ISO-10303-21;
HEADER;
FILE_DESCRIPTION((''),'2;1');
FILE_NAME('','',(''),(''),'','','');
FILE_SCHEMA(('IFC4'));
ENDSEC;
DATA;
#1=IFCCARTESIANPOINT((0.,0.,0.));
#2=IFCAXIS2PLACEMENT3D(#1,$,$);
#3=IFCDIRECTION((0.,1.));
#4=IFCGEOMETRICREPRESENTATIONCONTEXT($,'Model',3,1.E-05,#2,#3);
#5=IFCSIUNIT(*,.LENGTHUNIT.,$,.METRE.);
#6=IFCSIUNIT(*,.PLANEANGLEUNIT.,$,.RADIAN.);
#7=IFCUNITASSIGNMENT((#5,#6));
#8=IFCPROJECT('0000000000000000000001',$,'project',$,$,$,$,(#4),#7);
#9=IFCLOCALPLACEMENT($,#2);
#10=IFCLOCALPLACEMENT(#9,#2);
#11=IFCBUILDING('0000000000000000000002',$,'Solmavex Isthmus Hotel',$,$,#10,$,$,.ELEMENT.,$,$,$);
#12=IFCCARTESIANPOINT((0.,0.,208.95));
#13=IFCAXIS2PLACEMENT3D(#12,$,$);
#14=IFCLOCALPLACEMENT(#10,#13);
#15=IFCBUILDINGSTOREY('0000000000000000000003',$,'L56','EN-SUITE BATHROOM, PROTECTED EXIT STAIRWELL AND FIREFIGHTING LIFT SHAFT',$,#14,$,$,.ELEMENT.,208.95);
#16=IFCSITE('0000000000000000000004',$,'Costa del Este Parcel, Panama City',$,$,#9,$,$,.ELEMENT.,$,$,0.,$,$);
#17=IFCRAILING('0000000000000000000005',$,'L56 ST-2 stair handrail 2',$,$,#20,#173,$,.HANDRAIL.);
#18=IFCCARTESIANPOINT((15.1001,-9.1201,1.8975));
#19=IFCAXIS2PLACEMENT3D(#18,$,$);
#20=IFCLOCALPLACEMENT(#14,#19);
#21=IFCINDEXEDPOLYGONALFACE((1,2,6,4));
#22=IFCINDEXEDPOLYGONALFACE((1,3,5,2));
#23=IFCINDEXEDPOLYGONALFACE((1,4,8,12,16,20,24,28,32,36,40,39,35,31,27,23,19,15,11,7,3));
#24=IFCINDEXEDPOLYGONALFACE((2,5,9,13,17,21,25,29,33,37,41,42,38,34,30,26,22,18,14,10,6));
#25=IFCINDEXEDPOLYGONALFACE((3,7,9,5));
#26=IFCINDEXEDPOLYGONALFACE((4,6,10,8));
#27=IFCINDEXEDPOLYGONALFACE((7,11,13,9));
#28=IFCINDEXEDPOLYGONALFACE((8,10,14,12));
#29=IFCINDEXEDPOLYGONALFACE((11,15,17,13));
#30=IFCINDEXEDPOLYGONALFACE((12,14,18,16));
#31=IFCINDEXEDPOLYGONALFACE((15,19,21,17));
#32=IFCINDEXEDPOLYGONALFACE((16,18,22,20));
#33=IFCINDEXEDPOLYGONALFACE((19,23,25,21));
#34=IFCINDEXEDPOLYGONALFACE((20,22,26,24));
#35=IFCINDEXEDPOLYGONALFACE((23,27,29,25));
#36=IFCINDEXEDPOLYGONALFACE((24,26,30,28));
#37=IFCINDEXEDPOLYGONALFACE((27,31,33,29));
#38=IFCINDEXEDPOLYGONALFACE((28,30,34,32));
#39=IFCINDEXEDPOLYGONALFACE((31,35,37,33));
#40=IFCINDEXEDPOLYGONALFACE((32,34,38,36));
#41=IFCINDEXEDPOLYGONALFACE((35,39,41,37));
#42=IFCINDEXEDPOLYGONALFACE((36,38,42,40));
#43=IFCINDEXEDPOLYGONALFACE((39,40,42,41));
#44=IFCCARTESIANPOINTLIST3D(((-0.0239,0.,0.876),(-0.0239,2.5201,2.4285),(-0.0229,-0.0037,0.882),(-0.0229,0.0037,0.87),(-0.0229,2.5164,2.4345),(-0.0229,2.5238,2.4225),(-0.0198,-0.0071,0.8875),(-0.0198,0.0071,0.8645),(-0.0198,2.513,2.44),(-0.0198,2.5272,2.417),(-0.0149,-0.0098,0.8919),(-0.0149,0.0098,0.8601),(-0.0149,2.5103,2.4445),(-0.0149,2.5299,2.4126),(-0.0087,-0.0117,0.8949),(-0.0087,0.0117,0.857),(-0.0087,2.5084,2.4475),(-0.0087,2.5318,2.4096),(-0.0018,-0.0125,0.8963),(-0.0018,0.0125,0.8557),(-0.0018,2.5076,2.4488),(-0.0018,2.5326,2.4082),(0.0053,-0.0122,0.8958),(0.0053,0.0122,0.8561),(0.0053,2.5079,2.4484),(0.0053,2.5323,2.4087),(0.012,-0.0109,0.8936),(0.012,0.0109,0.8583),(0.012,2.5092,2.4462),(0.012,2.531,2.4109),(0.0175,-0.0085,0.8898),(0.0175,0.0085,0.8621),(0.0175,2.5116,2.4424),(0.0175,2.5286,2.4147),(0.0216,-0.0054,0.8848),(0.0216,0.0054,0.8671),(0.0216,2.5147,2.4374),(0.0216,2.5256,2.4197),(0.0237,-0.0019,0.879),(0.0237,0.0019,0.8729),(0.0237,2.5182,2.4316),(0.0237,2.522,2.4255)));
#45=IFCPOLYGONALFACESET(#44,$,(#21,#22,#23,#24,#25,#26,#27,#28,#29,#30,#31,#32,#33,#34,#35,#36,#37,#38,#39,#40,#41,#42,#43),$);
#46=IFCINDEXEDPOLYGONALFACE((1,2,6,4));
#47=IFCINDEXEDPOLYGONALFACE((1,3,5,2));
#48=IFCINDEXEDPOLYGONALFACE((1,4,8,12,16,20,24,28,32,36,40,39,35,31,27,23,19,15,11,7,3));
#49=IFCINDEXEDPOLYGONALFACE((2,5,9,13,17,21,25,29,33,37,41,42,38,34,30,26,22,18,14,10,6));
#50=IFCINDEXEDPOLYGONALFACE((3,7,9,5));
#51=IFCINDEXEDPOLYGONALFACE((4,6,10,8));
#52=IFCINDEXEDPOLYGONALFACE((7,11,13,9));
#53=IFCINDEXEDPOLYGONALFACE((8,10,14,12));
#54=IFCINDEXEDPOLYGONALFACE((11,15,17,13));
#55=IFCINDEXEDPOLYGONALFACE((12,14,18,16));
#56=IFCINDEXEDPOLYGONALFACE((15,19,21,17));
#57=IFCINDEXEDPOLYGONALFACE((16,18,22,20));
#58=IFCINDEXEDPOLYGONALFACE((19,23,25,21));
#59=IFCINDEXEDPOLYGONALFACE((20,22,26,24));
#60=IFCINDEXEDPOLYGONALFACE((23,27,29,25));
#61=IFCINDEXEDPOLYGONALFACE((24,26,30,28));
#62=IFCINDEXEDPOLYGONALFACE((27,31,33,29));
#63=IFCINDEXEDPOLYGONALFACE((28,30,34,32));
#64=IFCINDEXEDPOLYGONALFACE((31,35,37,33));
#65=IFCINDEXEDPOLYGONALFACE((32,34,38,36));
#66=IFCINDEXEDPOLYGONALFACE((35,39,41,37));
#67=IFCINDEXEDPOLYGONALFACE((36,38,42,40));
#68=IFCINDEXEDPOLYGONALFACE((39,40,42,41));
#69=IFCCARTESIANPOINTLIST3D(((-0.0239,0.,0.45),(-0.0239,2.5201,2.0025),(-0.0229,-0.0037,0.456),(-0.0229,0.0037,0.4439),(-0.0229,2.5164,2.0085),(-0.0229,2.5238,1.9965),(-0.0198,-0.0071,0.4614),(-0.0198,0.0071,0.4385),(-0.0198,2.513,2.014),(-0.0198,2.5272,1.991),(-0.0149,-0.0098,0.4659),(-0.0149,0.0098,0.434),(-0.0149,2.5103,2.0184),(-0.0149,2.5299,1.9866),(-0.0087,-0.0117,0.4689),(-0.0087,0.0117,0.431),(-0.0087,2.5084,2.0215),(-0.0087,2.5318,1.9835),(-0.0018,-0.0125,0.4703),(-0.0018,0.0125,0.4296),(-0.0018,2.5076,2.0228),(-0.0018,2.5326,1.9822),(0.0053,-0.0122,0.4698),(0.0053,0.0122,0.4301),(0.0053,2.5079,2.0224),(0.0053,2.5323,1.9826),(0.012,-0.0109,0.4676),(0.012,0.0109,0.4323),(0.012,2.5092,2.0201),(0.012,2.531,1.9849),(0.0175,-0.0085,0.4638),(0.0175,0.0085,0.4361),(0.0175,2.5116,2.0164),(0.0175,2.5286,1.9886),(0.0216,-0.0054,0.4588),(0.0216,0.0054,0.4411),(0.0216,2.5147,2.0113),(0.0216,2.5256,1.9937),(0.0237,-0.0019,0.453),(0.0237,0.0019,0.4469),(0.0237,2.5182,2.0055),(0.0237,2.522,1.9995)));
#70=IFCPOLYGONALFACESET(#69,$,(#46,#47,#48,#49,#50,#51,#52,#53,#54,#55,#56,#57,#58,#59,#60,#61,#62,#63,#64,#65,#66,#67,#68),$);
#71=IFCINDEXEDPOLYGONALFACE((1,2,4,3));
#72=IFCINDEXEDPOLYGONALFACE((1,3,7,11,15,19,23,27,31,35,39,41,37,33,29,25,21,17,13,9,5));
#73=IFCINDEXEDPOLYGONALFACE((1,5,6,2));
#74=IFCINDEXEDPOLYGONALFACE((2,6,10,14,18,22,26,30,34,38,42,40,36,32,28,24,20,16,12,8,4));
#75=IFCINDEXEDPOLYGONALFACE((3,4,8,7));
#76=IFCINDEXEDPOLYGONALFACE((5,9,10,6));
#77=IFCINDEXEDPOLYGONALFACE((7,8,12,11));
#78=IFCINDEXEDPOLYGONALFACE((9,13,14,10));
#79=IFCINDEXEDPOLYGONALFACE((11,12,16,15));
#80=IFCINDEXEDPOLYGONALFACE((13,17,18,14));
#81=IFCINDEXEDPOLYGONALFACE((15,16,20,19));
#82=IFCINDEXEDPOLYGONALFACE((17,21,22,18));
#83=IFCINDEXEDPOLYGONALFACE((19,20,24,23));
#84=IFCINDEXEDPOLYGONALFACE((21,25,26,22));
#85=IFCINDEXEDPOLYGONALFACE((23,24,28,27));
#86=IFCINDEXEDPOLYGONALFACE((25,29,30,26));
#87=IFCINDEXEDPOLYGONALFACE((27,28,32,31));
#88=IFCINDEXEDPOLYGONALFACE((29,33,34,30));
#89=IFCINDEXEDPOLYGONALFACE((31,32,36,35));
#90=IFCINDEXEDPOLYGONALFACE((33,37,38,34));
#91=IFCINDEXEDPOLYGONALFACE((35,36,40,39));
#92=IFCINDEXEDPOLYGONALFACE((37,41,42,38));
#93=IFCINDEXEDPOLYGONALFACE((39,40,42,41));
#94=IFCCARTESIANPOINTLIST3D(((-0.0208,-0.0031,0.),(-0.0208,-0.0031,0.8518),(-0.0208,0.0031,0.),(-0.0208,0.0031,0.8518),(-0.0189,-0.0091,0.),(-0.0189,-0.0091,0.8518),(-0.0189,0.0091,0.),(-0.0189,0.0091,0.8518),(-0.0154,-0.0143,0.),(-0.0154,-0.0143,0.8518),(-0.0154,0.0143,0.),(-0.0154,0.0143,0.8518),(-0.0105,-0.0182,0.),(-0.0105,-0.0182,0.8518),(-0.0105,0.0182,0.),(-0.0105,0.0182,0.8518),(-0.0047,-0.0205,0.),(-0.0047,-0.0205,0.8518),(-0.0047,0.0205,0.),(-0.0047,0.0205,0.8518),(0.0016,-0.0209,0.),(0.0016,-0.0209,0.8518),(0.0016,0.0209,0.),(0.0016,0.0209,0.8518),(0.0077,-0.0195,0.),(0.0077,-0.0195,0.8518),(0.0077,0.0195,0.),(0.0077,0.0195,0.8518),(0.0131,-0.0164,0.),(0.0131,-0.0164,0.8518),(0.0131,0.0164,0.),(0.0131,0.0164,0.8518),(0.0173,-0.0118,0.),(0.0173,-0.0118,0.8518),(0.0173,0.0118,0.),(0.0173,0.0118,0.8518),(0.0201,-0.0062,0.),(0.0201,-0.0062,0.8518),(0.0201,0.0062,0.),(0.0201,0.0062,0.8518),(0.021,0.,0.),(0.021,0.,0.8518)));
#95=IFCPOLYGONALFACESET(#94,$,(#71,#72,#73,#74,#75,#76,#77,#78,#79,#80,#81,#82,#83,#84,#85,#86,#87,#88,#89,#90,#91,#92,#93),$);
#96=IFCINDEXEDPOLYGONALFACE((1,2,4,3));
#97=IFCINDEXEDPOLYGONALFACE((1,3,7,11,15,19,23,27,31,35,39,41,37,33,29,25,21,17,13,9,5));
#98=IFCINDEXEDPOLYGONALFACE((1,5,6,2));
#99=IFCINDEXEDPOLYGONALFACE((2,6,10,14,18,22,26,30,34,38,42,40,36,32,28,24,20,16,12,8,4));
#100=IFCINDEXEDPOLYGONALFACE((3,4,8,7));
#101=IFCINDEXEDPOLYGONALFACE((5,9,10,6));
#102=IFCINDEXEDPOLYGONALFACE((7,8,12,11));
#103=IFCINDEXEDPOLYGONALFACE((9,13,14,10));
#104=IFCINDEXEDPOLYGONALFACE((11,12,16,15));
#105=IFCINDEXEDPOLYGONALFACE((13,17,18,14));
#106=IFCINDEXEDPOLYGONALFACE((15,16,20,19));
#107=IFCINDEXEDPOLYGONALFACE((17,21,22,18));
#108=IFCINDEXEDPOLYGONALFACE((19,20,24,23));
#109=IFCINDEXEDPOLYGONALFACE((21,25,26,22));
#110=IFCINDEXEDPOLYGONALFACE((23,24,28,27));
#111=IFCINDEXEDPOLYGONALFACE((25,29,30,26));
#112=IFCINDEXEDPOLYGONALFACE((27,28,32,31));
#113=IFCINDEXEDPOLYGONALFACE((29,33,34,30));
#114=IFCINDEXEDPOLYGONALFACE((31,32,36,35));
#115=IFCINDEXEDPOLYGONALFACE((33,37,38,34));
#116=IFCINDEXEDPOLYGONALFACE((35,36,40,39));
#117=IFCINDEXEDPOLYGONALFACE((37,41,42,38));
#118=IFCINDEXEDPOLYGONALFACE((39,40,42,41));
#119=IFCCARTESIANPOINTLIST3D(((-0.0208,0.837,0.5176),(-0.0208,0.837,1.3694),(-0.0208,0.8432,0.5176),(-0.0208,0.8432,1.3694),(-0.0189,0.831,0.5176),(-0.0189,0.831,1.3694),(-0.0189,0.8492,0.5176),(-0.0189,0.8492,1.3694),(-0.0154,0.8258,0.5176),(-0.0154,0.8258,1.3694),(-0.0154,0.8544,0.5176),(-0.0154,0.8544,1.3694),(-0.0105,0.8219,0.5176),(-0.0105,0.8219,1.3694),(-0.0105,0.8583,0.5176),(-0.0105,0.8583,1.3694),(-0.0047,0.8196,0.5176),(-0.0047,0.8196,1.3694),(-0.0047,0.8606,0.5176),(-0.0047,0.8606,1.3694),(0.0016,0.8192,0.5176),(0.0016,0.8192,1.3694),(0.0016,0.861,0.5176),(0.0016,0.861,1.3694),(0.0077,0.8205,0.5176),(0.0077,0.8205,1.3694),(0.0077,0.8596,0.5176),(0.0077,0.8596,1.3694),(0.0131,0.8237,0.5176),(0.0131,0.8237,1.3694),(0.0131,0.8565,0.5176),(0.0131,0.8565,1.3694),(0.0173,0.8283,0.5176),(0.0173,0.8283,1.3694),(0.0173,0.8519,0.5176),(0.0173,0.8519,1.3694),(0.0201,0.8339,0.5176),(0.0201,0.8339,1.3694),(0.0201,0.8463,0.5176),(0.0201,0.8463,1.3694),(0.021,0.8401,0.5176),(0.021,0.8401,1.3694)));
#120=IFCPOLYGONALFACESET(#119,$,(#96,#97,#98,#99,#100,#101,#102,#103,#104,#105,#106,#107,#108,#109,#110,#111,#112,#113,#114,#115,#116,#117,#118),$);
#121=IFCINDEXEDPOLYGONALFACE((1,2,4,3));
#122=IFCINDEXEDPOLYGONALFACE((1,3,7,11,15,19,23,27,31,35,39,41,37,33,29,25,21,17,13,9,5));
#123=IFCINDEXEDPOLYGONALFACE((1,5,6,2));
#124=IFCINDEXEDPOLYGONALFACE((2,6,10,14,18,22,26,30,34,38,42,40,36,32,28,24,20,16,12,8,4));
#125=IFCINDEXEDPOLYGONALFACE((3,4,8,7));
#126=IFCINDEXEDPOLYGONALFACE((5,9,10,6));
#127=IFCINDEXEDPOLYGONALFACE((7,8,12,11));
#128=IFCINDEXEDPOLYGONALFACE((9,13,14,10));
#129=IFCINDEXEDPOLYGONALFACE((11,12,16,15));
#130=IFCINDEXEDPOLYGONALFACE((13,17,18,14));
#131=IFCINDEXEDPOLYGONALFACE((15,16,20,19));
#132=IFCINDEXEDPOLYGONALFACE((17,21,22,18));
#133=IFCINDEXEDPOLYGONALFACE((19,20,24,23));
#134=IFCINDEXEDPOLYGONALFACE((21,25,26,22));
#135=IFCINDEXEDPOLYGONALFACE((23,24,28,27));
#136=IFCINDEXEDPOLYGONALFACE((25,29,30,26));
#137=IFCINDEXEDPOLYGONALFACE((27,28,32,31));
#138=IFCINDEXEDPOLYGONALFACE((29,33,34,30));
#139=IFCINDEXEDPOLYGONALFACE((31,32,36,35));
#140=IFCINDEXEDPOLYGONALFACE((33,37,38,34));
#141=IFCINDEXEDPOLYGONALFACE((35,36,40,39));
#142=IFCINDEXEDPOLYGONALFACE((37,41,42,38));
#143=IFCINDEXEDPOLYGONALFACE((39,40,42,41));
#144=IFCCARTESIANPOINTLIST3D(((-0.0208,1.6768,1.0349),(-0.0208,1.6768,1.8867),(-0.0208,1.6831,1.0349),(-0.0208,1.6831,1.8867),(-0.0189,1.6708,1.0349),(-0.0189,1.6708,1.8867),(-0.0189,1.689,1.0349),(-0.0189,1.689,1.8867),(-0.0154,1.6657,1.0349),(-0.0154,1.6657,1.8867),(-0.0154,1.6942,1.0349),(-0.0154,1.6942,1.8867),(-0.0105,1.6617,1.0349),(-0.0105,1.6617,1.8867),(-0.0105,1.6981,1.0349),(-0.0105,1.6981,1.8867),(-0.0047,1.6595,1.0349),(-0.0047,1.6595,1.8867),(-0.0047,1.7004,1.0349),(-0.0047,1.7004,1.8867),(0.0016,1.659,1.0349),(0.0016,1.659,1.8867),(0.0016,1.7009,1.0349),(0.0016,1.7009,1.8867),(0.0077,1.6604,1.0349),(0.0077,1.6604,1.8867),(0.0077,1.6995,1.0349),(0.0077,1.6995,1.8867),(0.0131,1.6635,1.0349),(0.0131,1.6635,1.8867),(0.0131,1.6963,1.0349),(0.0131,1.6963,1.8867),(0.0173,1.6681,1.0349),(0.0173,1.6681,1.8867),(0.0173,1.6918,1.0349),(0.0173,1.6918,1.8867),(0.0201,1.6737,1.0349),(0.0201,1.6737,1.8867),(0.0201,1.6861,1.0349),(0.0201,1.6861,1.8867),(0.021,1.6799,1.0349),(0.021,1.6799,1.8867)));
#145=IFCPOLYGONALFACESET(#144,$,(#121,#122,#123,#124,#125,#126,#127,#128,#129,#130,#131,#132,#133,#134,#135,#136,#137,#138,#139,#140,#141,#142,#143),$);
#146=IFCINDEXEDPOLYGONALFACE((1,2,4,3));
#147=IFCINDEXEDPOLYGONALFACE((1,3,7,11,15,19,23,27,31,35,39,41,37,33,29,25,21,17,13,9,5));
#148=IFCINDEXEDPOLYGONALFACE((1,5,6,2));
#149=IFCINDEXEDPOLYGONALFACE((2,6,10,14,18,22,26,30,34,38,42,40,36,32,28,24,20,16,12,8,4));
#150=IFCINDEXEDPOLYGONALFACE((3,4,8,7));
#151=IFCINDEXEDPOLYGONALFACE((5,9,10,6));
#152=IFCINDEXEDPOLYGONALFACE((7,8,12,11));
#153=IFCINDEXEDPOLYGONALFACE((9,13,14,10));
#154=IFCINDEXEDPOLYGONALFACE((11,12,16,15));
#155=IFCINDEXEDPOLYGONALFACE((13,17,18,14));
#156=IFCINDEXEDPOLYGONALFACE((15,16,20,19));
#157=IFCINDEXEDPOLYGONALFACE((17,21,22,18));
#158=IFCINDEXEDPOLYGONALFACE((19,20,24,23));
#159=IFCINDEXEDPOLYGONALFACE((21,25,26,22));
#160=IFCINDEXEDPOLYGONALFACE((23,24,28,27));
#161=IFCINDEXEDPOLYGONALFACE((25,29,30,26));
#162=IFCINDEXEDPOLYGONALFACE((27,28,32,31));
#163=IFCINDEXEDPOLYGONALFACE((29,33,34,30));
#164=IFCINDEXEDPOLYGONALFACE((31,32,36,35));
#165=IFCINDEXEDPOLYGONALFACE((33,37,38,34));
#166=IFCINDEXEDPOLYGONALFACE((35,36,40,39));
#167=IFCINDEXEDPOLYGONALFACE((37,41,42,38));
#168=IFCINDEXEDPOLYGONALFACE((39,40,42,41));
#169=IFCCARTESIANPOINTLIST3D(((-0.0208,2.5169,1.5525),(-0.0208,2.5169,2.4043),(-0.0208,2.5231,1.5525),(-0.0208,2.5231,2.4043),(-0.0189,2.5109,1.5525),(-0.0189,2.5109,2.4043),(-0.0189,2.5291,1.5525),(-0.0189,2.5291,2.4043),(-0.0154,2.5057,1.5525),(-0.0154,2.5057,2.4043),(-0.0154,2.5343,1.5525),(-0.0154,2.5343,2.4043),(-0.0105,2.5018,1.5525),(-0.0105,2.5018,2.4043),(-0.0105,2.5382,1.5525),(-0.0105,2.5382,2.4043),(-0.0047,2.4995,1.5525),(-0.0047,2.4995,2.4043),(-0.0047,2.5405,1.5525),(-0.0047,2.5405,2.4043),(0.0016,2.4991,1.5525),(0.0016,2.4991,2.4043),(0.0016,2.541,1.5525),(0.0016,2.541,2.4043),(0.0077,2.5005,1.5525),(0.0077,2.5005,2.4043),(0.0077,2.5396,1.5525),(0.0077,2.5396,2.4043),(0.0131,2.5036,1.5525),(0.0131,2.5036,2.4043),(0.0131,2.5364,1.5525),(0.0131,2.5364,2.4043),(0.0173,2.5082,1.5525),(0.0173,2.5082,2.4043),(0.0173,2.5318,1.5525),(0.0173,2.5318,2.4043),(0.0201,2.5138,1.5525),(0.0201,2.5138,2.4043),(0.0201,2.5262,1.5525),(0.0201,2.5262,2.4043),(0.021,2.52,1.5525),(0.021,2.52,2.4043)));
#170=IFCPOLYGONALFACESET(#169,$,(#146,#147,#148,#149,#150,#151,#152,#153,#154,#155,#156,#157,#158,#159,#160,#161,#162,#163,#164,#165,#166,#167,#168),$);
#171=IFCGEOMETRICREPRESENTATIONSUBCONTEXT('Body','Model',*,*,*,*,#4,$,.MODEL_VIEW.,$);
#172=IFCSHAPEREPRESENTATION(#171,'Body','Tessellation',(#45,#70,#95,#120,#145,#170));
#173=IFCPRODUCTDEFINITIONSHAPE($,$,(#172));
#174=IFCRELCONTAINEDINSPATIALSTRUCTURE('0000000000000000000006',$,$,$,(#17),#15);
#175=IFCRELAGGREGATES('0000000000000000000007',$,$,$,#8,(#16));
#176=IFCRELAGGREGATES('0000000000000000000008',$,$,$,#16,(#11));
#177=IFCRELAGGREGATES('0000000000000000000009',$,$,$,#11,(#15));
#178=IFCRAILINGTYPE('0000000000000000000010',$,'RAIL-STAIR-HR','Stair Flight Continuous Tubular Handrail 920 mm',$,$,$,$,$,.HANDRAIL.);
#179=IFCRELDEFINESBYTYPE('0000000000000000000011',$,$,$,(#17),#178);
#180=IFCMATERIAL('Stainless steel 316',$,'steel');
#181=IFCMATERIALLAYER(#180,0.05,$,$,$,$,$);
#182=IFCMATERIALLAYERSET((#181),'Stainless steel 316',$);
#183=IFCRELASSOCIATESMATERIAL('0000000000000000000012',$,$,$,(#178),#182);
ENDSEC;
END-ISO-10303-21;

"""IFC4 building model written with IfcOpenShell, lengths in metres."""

from ifc_helpers import new_model, si_unit, direction, frame, origin, origin_2d, place, context, subcontext, project, spatial, circle, extrude, material, layer, layer_set, type_object, element, save


model = new_model("IFC4")

# Units and contexts
model_context = context("Model", 3, precision=1e-05, world=origin(), true_north=direction((0.0, 1.0)))
body_context = subcontext(model_context, "Body", "Model", "MODEL_VIEW")
ifc_project = project(units=[si_unit("LENGTHUNIT", "METRE"), si_unit("PLANEANGLEUNIT", "RADIAN")], contexts=[model_context])

# Site, building, storey
site_placement = place(None, origin())
site = spatial("IfcSite", under=ifc_project, at=site_placement, Name="Costa del Este Parcel, Panama City", CompositionType="ELEMENT", RefElevation=0.0)
building_placement = place(site_placement, origin())
building = spatial("IfcBuilding", under=site, at=building_placement, Name="Solmavex Isthmus Hotel", CompositionType="ELEMENT")
storey_placement = place(building_placement, frame((0.0, 0.0, 208.95)))
storey = spatial("IfcBuildingStorey", under=building, at=storey_placement, Name="L56", Description="EN-SUITE BATHROOM, PROTECTED EXIT STAIRWELL AND FIREFIGHTING LIFT SHAFT", CompositionType="ELEMENT", Elevation=208.95)

# Railing
ifc_material_1 = material(Name="Stainless steel 316", Category="steel")
ifc_layer_1 = layer(ifc_material_1, 0.05)
ifc_layer_set_1 = layer_set([ifc_layer_1], Name="Stainless steel 316")
railing_type_1 = type_object("IfcRailingType", Name="RAIL-STAIR-HR", Description="Stair Flight Continuous Tubular Handrail 920 mm", PredefinedType="HANDRAIL", material=ifc_layer_set_1)
railing_1_placement = place(storey_placement, frame((15.1001, -9.1201, 1.8975)))
element("IfcRailing", 1, at=railing_1_placement, inside=storey, type_object=railing_type_1, Name="L56 ST-2 stair handrail 2", PredefinedType="HANDRAIL", context=body_context, shape_type="SweptSolid", body=[
    extrude(circle(Radius=0.0239, at=origin_2d()), frame((0.0, 0.0, 0.876), z_axis=(0.0, 0.8514, 0.524516), x_axis=(-1.0, 0.0, 0.0)), (0.0, 0.0, 1.0), 2.96),
    extrude(circle(Radius=0.0239, at=origin_2d()), frame((0.0, 0.0, 0.45), z_axis=(0.0, 0.8514, 0.524516), x_axis=(-1.0, 0.0, 0.0)), (0.0, 0.0, 1.0), 2.96),
    extrude(circle(Radius=0.021, at=origin_2d()), origin(), (0.0, 0.0, 1.0), 0.8518),
    extrude(circle(Radius=0.021, at=origin_2d()), frame((0.0, 0.8401, 0.5176)), (0.0, 0.0, 1.0), 0.8518),
    extrude(circle(Radius=0.021, at=origin_2d()), frame((0.0, 1.6799, 1.0349)), (0.0, 0.0, 1.0), 0.8518),
    extrude(circle(Radius=0.021, at=origin_2d()), frame((0.0, 2.52, 1.5525)), (0.0, 0.0, 1.0), 0.8518),
])

save(model, "model.ifc")
